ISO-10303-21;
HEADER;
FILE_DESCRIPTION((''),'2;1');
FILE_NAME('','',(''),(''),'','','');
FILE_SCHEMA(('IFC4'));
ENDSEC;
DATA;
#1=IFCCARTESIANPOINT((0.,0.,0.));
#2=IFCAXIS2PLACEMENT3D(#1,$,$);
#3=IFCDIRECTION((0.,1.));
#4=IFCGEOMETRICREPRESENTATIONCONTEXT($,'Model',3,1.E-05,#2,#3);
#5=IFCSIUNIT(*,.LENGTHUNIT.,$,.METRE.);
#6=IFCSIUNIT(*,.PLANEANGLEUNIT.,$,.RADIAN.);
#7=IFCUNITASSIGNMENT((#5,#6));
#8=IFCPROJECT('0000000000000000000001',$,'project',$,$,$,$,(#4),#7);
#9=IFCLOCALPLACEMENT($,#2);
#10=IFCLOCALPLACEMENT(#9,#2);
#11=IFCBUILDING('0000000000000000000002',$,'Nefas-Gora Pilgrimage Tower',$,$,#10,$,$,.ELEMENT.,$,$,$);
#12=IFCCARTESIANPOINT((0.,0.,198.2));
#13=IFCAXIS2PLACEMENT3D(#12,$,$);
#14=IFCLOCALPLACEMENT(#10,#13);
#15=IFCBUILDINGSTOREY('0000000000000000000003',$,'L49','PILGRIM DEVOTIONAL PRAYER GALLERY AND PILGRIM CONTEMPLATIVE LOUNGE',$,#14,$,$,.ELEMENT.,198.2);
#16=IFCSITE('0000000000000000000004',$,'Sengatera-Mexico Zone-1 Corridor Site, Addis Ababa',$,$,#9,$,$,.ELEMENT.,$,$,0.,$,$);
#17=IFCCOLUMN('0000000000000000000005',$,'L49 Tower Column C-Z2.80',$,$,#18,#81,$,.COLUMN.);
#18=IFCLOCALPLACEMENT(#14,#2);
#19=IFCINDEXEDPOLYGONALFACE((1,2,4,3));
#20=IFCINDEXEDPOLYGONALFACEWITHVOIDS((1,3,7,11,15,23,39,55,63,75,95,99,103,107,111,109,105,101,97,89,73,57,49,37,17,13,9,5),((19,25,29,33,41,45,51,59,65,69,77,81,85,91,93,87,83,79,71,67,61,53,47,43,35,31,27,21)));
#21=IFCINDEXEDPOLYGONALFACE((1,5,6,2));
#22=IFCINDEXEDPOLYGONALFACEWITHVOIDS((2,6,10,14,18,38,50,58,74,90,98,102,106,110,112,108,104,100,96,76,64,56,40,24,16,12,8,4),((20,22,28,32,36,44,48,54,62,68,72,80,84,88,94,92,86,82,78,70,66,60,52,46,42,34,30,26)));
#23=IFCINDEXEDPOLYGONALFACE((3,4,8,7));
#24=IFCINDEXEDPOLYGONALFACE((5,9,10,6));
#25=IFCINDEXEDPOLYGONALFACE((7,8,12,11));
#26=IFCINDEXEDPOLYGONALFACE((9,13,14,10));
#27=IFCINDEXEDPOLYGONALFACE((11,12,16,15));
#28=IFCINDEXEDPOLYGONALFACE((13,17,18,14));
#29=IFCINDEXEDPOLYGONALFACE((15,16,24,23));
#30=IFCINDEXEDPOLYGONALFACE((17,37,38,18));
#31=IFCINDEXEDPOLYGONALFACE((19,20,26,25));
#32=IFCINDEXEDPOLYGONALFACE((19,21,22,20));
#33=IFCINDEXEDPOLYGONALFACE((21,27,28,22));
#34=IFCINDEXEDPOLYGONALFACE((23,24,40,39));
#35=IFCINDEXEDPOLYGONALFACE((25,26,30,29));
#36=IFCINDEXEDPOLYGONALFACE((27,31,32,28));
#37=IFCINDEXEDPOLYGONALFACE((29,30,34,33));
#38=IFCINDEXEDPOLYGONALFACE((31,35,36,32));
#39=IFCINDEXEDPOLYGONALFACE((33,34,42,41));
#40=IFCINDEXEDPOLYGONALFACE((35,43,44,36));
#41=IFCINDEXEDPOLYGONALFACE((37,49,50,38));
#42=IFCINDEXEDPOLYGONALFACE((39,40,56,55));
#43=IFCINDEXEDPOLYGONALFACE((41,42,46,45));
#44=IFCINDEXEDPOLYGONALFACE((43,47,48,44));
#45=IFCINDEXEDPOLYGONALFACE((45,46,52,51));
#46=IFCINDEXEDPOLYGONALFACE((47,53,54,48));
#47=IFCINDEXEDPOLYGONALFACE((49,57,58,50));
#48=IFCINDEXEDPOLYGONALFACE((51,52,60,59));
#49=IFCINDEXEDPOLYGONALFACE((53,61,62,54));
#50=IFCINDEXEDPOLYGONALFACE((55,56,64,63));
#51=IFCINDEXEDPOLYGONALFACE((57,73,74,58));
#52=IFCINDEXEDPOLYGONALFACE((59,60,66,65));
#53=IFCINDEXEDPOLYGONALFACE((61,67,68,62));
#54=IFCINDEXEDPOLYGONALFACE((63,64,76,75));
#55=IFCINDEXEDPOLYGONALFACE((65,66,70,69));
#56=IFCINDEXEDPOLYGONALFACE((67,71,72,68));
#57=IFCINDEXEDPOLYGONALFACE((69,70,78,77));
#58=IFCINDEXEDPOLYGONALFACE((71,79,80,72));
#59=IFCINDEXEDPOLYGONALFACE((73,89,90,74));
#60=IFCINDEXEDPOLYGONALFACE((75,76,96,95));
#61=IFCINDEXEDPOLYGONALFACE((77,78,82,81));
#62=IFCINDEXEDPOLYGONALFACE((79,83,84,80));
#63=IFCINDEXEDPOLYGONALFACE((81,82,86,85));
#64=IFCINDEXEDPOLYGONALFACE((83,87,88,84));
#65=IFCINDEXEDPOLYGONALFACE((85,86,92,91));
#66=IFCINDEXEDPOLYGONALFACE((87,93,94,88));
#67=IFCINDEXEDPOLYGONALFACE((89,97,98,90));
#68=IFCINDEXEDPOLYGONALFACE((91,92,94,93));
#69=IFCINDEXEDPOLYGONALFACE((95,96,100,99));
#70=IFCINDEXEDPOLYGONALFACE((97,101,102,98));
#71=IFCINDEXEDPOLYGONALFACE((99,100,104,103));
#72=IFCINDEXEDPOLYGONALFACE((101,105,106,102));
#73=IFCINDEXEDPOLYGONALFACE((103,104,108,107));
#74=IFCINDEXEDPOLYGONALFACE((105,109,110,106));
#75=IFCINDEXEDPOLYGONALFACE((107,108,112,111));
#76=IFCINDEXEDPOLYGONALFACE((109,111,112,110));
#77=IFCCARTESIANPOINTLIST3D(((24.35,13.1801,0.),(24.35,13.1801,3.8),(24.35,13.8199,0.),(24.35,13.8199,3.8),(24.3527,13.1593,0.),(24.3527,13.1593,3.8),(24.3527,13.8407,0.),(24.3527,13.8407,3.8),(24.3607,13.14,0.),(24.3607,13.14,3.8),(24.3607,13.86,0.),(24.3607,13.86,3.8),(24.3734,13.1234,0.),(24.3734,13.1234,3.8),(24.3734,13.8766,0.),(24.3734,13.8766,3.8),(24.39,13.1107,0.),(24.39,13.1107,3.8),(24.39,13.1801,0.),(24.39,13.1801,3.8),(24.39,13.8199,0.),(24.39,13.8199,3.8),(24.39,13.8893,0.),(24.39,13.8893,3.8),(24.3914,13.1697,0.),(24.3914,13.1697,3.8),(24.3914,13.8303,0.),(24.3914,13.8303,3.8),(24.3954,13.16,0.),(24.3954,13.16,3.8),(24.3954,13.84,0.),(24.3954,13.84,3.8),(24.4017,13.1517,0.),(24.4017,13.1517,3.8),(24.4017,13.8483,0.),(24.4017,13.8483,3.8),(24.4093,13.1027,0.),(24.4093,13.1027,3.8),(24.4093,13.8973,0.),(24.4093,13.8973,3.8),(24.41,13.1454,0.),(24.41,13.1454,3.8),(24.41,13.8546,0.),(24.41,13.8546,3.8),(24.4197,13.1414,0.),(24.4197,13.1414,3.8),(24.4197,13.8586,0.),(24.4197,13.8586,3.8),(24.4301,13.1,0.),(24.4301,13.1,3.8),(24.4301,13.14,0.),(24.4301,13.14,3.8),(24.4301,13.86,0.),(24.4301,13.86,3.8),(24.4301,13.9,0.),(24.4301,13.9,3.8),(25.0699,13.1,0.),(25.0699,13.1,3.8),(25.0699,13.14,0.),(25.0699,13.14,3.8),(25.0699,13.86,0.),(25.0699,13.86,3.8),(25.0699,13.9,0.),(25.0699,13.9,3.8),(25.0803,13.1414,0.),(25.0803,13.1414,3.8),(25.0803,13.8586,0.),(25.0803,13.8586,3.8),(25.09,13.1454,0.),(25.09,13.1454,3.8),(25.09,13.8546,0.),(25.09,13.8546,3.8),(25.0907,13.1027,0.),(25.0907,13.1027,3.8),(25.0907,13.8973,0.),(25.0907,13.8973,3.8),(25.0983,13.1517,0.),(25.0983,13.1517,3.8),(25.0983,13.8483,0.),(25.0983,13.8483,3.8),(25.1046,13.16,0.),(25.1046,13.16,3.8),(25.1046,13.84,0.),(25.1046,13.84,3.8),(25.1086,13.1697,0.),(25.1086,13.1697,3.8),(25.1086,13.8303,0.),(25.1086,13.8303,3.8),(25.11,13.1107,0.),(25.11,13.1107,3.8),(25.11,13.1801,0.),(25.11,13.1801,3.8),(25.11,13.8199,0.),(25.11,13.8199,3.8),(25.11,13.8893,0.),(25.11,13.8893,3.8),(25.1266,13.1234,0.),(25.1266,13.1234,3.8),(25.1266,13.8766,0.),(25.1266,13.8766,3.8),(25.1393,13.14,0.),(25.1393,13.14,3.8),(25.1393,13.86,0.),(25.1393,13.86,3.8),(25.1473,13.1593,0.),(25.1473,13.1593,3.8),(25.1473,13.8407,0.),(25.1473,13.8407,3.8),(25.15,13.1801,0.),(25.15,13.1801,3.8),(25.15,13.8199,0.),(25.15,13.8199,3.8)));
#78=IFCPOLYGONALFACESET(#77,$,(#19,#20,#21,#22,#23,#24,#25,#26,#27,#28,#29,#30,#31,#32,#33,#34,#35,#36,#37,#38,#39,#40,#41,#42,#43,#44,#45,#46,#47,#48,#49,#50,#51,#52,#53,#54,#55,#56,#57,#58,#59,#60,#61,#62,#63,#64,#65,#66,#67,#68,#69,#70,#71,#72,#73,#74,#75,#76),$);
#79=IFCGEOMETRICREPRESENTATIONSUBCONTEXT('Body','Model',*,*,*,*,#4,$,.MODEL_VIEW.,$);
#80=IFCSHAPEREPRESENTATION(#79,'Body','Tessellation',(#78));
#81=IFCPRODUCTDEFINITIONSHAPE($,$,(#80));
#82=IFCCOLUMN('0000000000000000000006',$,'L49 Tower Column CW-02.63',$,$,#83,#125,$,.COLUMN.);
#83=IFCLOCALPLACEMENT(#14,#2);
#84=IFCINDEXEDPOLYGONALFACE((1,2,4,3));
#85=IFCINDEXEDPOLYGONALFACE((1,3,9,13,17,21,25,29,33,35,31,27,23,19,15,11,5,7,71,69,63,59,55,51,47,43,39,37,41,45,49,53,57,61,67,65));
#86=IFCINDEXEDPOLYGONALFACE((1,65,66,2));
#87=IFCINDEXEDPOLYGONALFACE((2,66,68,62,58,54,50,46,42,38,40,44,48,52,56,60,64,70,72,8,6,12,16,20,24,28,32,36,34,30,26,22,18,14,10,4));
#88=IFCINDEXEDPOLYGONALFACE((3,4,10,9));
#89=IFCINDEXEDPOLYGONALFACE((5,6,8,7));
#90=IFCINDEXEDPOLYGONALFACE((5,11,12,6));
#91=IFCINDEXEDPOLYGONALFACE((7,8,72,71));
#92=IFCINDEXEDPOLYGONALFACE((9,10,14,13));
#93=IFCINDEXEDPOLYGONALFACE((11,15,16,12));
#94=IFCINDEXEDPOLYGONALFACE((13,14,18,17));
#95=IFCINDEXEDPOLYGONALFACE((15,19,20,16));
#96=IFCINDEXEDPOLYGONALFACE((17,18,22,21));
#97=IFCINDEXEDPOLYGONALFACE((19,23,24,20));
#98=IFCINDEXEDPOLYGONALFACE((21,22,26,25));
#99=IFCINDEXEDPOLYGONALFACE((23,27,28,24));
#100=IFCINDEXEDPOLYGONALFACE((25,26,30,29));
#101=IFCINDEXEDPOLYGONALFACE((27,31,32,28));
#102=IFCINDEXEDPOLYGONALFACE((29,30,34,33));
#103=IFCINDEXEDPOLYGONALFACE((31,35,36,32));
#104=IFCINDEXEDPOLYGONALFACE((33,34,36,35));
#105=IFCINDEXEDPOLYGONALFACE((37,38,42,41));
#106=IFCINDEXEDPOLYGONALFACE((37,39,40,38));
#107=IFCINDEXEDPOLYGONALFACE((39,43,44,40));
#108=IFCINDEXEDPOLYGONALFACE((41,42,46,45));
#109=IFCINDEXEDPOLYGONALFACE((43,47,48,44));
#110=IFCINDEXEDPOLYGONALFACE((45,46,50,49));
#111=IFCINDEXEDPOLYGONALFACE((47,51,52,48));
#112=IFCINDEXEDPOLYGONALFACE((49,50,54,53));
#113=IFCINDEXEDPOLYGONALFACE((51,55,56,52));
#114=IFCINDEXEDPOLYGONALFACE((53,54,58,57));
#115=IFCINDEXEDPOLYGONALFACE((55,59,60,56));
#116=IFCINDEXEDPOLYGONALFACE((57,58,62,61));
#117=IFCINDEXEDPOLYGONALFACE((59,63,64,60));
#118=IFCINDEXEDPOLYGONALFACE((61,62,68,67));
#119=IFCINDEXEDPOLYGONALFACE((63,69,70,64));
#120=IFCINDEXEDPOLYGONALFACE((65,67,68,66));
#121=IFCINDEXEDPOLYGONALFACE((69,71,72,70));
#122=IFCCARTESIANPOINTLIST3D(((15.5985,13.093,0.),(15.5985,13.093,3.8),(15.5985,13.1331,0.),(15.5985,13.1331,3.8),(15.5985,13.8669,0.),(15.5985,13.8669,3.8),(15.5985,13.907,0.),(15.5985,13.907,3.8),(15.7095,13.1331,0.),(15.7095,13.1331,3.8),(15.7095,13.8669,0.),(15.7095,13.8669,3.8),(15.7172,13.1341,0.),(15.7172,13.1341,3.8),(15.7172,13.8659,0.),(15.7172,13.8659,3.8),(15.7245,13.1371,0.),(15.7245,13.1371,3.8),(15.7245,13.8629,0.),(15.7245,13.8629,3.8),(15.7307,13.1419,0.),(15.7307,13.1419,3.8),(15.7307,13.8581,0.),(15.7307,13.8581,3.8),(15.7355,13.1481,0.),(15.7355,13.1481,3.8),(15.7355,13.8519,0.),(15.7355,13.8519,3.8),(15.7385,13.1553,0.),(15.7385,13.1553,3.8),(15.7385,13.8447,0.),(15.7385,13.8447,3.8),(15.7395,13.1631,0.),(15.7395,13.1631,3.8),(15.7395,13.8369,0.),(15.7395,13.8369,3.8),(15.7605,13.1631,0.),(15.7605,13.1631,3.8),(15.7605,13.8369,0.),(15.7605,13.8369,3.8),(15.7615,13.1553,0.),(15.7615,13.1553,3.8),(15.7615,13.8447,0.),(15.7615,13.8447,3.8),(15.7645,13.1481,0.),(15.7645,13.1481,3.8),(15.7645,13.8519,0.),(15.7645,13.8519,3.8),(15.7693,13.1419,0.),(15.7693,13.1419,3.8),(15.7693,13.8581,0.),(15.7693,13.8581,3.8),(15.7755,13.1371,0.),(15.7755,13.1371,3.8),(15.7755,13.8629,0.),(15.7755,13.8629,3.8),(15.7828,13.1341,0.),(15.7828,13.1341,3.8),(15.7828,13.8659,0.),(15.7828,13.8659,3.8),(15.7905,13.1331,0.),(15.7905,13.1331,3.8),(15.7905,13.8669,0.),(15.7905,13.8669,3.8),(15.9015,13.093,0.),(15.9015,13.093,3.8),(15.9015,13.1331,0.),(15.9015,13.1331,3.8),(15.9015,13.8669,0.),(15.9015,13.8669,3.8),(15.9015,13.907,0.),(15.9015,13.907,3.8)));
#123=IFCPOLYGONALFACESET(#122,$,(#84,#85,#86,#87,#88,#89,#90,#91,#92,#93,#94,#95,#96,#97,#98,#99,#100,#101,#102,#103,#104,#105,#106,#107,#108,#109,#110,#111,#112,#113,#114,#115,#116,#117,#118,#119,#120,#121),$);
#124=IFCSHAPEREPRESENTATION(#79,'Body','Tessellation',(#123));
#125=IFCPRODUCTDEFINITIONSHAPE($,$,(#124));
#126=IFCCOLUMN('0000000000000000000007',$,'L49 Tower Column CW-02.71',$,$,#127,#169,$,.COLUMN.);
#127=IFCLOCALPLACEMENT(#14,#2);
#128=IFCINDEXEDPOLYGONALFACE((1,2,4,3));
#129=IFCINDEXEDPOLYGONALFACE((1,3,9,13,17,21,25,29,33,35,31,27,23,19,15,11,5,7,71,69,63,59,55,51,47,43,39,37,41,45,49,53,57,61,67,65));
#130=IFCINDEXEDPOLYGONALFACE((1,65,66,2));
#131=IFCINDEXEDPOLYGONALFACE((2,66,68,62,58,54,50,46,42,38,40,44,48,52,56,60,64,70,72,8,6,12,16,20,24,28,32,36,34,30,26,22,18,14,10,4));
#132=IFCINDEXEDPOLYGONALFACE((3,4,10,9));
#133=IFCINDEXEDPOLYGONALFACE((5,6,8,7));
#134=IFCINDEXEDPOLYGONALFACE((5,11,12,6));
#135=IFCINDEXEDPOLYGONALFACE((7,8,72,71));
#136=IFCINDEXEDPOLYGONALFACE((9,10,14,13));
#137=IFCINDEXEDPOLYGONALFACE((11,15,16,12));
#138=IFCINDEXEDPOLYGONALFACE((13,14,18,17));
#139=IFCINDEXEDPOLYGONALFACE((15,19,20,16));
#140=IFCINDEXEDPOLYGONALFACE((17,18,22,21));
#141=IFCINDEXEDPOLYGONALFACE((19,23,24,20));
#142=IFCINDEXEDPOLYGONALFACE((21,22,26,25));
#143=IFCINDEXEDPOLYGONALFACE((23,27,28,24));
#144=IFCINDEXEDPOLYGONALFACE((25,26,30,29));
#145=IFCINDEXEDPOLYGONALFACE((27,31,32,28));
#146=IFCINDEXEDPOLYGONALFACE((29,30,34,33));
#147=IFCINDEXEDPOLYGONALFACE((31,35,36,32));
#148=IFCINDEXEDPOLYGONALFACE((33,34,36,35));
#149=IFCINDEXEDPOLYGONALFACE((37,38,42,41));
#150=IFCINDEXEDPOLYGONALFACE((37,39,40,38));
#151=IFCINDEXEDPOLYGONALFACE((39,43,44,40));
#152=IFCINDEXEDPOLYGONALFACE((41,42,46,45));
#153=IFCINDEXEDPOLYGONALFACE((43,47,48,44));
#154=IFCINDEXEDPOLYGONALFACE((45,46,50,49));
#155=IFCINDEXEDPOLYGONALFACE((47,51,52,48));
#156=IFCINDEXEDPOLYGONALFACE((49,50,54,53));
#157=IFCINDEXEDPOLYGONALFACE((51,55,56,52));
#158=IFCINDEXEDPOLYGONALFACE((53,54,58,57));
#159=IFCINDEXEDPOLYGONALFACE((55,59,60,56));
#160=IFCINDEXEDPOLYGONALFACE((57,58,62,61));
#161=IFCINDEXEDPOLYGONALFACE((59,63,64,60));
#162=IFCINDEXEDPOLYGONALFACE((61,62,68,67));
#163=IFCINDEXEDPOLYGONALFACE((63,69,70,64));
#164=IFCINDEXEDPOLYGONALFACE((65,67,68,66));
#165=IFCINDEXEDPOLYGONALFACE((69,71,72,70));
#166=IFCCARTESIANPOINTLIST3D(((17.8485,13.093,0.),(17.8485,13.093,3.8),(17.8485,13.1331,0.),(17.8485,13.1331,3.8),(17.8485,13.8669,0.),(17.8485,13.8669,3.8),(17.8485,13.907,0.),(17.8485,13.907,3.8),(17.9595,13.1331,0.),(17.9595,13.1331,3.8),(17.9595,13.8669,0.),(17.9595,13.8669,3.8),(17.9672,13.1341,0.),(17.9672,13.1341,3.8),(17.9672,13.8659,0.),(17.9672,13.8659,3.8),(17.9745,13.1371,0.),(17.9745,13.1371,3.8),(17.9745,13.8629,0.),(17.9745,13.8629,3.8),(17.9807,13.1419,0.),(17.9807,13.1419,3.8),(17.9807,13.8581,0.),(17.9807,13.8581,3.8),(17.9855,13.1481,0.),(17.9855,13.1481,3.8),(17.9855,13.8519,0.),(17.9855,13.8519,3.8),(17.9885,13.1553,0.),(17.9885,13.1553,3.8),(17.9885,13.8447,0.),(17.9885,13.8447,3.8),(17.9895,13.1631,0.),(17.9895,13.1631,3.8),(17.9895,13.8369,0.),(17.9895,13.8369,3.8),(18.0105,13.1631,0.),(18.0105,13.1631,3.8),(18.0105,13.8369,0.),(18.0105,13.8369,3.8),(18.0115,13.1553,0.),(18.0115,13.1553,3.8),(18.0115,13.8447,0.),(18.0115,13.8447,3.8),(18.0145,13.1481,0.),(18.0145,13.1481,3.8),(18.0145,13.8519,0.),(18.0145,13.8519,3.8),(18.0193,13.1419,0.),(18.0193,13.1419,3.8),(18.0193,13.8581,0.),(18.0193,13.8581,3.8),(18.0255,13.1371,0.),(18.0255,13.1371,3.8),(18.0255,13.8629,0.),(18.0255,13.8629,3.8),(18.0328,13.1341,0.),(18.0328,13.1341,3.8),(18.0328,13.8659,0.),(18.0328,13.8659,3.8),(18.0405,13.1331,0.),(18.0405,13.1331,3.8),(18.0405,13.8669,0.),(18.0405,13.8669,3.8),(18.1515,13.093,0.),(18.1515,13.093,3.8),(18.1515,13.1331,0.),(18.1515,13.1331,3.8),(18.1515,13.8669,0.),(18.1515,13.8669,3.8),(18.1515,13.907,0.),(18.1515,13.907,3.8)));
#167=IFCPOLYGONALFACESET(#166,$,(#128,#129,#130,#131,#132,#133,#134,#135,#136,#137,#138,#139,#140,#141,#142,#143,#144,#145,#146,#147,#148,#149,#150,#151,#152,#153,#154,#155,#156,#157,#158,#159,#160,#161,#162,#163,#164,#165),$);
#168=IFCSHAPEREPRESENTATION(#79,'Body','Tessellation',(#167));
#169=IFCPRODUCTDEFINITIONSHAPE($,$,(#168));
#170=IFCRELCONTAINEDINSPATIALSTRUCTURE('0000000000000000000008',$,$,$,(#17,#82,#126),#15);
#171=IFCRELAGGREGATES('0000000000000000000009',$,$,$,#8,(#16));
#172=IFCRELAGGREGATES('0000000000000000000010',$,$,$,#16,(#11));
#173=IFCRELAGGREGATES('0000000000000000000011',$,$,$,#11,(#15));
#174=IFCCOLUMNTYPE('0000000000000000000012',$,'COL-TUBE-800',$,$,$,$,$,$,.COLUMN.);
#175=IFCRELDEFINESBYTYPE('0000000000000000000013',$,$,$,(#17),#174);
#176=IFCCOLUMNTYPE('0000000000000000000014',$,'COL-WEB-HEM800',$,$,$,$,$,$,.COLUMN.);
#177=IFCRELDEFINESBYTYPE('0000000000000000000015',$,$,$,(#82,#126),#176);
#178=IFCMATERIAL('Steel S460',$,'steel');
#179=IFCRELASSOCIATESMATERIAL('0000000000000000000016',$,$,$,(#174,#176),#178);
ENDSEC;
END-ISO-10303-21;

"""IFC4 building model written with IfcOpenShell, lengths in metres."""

from ifc_helpers import new_model, si_unit, direction, frame, origin, origin_2d, place, context, subcontext, project, spatial, hollow_rectangle, i_section, extrude, source, transform, mapped, material, material_profile, profile_set, type_object, element, save


model = new_model("IFC4")

# Units and contexts
model_context = context("Model", 3, precision=1e-05, world=origin(), true_north=direction((0.0, 1.0)))
body_context = subcontext(model_context, "Body", "Model", "MODEL_VIEW")
ifc_project = project(units=[si_unit("LENGTHUNIT", "METRE"), si_unit("PLANEANGLEUNIT", "RADIAN")], contexts=[model_context])

# Site, building, storey
site_placement = place(None, origin())
site = spatial("IfcSite", under=ifc_project, at=site_placement, Name="Sengatera-Mexico Zone-1 Corridor Site, Addis Ababa", CompositionType="ELEMENT", RefElevation=0.0)
building_placement = place(site_placement, origin())
building = spatial("IfcBuilding", under=site, at=building_placement, Name="Nefas-Gora Pilgrimage Tower", CompositionType="ELEMENT")
storey_placement = place(building_placement, frame((0.0, 0.0, 198.2)))
storey = spatial("IfcBuildingStorey", under=building, at=storey_placement, Name="L49", Description="PILGRIM DEVOTIONAL PRAYER GALLERY AND PILGRIM CONTEMPLATIVE LOUNGE", CompositionType="ELEMENT", Elevation=198.2)

# Columns
ifc_material_1 = material(Name="Steel S460", Category="steel")
ifc_material_profile_1 = material_profile(ifc_material_1, hollow_rectangle(XDim=0.8, YDim=0.8, WallThickness=0.04, InnerFilletRadius=0.04, OuterFilletRadius=0.0801, at=origin_2d()), Name="BOX 800x800x40")
ifc_profile_set_1 = profile_set([ifc_material_profile_1], Name="Steel S460")
column_type_1 = type_object("IfcColumnType", Name="COL-TUBE-800", PredefinedType="COLUMN", material=ifc_profile_set_1)
shared_shape_1 = source(origin(), body_context, "Body", "SweptSolid", [
    extrude(hollow_rectangle(XDim=0.8, YDim=0.8, WallThickness=0.04, InnerFilletRadius=0.04, OuterFilletRadius=0.0801, at=origin_2d()), origin(), (0.0, 0.0, 1.0), 3.8),
])
for number, where, z_axis, x_axis, name in (
    (1, (24.75, 13.5, 0.0), (0.0, 0.0, 1.0), (1.0, 0.0, 0.0), "L49 Tower Column C-Z2.80"),
):
    element("IfcColumn", number, at=place(storey_placement, frame(where, z_axis=z_axis, x_axis=x_axis)), inside=storey, type_object=column_type_1, Name=name, PredefinedType="COLUMN", context=body_context, shape_type="MappedRepresentation", body=[
        mapped(shared_shape_1, transform((0.0, 0.0, 0.0), x_axis=(1.0, 0.0, 0.0), y_axis=(0.0, 1.0, 0.0), z_axis=(0.0, 0.0, 1.0), scale=1.0)),
    ])
ifc_material_profile_2 = material_profile(ifc_material_1, i_section(OverallWidth=0.303, OverallDepth=0.814, WebThickness=0.021, FlangeThickness=0.04, FilletRadius=0.03, at=origin_2d()), Name="HEM 800")
ifc_profile_set_2 = profile_set([ifc_material_profile_2], Name="Steel S460")
column_type_2 = type_object("IfcColumnType", Name="COL-WEB-HEM800", PredefinedType="COLUMN", material=ifc_profile_set_2)
shared_shape_2 = source(origin(), body_context, "Body", "SweptSolid", [
    extrude(i_section(OverallWidth=0.303, OverallDepth=0.814, WebThickness=0.021, FlangeThickness=0.04, FilletRadius=0.03, at=origin_2d()), origin(), (0.0, 0.0, 1.0), 3.8),
])
for number, where, z_axis, x_axis, name in (
    (2, (15.75, 13.5, 0.0), (0.0, 0.0, 1.0), (1.0, 0.0, 0.0), "L49 Tower Column CW-02.63"),
    (3, (18.0, 13.5, 0.0), (0.0, 0.0, 1.0), (1.0, 0.0, 0.0), "L49 Tower Column CW-02.71"),
):
    element("IfcColumn", number, at=place(storey_placement, frame(where, z_axis=z_axis, x_axis=x_axis)), inside=storey, type_object=column_type_2, Name=name, PredefinedType="COLUMN", context=body_context, shape_type="MappedRepresentation", body=[
        mapped(shared_shape_2, transform((0.0, 0.0, 0.0), x_axis=(1.0, 0.0, 0.0), y_axis=(0.0, 1.0, 0.0), z_axis=(0.0, 0.0, 1.0), scale=1.0)),
    ])

save(model, "model.ifc")
